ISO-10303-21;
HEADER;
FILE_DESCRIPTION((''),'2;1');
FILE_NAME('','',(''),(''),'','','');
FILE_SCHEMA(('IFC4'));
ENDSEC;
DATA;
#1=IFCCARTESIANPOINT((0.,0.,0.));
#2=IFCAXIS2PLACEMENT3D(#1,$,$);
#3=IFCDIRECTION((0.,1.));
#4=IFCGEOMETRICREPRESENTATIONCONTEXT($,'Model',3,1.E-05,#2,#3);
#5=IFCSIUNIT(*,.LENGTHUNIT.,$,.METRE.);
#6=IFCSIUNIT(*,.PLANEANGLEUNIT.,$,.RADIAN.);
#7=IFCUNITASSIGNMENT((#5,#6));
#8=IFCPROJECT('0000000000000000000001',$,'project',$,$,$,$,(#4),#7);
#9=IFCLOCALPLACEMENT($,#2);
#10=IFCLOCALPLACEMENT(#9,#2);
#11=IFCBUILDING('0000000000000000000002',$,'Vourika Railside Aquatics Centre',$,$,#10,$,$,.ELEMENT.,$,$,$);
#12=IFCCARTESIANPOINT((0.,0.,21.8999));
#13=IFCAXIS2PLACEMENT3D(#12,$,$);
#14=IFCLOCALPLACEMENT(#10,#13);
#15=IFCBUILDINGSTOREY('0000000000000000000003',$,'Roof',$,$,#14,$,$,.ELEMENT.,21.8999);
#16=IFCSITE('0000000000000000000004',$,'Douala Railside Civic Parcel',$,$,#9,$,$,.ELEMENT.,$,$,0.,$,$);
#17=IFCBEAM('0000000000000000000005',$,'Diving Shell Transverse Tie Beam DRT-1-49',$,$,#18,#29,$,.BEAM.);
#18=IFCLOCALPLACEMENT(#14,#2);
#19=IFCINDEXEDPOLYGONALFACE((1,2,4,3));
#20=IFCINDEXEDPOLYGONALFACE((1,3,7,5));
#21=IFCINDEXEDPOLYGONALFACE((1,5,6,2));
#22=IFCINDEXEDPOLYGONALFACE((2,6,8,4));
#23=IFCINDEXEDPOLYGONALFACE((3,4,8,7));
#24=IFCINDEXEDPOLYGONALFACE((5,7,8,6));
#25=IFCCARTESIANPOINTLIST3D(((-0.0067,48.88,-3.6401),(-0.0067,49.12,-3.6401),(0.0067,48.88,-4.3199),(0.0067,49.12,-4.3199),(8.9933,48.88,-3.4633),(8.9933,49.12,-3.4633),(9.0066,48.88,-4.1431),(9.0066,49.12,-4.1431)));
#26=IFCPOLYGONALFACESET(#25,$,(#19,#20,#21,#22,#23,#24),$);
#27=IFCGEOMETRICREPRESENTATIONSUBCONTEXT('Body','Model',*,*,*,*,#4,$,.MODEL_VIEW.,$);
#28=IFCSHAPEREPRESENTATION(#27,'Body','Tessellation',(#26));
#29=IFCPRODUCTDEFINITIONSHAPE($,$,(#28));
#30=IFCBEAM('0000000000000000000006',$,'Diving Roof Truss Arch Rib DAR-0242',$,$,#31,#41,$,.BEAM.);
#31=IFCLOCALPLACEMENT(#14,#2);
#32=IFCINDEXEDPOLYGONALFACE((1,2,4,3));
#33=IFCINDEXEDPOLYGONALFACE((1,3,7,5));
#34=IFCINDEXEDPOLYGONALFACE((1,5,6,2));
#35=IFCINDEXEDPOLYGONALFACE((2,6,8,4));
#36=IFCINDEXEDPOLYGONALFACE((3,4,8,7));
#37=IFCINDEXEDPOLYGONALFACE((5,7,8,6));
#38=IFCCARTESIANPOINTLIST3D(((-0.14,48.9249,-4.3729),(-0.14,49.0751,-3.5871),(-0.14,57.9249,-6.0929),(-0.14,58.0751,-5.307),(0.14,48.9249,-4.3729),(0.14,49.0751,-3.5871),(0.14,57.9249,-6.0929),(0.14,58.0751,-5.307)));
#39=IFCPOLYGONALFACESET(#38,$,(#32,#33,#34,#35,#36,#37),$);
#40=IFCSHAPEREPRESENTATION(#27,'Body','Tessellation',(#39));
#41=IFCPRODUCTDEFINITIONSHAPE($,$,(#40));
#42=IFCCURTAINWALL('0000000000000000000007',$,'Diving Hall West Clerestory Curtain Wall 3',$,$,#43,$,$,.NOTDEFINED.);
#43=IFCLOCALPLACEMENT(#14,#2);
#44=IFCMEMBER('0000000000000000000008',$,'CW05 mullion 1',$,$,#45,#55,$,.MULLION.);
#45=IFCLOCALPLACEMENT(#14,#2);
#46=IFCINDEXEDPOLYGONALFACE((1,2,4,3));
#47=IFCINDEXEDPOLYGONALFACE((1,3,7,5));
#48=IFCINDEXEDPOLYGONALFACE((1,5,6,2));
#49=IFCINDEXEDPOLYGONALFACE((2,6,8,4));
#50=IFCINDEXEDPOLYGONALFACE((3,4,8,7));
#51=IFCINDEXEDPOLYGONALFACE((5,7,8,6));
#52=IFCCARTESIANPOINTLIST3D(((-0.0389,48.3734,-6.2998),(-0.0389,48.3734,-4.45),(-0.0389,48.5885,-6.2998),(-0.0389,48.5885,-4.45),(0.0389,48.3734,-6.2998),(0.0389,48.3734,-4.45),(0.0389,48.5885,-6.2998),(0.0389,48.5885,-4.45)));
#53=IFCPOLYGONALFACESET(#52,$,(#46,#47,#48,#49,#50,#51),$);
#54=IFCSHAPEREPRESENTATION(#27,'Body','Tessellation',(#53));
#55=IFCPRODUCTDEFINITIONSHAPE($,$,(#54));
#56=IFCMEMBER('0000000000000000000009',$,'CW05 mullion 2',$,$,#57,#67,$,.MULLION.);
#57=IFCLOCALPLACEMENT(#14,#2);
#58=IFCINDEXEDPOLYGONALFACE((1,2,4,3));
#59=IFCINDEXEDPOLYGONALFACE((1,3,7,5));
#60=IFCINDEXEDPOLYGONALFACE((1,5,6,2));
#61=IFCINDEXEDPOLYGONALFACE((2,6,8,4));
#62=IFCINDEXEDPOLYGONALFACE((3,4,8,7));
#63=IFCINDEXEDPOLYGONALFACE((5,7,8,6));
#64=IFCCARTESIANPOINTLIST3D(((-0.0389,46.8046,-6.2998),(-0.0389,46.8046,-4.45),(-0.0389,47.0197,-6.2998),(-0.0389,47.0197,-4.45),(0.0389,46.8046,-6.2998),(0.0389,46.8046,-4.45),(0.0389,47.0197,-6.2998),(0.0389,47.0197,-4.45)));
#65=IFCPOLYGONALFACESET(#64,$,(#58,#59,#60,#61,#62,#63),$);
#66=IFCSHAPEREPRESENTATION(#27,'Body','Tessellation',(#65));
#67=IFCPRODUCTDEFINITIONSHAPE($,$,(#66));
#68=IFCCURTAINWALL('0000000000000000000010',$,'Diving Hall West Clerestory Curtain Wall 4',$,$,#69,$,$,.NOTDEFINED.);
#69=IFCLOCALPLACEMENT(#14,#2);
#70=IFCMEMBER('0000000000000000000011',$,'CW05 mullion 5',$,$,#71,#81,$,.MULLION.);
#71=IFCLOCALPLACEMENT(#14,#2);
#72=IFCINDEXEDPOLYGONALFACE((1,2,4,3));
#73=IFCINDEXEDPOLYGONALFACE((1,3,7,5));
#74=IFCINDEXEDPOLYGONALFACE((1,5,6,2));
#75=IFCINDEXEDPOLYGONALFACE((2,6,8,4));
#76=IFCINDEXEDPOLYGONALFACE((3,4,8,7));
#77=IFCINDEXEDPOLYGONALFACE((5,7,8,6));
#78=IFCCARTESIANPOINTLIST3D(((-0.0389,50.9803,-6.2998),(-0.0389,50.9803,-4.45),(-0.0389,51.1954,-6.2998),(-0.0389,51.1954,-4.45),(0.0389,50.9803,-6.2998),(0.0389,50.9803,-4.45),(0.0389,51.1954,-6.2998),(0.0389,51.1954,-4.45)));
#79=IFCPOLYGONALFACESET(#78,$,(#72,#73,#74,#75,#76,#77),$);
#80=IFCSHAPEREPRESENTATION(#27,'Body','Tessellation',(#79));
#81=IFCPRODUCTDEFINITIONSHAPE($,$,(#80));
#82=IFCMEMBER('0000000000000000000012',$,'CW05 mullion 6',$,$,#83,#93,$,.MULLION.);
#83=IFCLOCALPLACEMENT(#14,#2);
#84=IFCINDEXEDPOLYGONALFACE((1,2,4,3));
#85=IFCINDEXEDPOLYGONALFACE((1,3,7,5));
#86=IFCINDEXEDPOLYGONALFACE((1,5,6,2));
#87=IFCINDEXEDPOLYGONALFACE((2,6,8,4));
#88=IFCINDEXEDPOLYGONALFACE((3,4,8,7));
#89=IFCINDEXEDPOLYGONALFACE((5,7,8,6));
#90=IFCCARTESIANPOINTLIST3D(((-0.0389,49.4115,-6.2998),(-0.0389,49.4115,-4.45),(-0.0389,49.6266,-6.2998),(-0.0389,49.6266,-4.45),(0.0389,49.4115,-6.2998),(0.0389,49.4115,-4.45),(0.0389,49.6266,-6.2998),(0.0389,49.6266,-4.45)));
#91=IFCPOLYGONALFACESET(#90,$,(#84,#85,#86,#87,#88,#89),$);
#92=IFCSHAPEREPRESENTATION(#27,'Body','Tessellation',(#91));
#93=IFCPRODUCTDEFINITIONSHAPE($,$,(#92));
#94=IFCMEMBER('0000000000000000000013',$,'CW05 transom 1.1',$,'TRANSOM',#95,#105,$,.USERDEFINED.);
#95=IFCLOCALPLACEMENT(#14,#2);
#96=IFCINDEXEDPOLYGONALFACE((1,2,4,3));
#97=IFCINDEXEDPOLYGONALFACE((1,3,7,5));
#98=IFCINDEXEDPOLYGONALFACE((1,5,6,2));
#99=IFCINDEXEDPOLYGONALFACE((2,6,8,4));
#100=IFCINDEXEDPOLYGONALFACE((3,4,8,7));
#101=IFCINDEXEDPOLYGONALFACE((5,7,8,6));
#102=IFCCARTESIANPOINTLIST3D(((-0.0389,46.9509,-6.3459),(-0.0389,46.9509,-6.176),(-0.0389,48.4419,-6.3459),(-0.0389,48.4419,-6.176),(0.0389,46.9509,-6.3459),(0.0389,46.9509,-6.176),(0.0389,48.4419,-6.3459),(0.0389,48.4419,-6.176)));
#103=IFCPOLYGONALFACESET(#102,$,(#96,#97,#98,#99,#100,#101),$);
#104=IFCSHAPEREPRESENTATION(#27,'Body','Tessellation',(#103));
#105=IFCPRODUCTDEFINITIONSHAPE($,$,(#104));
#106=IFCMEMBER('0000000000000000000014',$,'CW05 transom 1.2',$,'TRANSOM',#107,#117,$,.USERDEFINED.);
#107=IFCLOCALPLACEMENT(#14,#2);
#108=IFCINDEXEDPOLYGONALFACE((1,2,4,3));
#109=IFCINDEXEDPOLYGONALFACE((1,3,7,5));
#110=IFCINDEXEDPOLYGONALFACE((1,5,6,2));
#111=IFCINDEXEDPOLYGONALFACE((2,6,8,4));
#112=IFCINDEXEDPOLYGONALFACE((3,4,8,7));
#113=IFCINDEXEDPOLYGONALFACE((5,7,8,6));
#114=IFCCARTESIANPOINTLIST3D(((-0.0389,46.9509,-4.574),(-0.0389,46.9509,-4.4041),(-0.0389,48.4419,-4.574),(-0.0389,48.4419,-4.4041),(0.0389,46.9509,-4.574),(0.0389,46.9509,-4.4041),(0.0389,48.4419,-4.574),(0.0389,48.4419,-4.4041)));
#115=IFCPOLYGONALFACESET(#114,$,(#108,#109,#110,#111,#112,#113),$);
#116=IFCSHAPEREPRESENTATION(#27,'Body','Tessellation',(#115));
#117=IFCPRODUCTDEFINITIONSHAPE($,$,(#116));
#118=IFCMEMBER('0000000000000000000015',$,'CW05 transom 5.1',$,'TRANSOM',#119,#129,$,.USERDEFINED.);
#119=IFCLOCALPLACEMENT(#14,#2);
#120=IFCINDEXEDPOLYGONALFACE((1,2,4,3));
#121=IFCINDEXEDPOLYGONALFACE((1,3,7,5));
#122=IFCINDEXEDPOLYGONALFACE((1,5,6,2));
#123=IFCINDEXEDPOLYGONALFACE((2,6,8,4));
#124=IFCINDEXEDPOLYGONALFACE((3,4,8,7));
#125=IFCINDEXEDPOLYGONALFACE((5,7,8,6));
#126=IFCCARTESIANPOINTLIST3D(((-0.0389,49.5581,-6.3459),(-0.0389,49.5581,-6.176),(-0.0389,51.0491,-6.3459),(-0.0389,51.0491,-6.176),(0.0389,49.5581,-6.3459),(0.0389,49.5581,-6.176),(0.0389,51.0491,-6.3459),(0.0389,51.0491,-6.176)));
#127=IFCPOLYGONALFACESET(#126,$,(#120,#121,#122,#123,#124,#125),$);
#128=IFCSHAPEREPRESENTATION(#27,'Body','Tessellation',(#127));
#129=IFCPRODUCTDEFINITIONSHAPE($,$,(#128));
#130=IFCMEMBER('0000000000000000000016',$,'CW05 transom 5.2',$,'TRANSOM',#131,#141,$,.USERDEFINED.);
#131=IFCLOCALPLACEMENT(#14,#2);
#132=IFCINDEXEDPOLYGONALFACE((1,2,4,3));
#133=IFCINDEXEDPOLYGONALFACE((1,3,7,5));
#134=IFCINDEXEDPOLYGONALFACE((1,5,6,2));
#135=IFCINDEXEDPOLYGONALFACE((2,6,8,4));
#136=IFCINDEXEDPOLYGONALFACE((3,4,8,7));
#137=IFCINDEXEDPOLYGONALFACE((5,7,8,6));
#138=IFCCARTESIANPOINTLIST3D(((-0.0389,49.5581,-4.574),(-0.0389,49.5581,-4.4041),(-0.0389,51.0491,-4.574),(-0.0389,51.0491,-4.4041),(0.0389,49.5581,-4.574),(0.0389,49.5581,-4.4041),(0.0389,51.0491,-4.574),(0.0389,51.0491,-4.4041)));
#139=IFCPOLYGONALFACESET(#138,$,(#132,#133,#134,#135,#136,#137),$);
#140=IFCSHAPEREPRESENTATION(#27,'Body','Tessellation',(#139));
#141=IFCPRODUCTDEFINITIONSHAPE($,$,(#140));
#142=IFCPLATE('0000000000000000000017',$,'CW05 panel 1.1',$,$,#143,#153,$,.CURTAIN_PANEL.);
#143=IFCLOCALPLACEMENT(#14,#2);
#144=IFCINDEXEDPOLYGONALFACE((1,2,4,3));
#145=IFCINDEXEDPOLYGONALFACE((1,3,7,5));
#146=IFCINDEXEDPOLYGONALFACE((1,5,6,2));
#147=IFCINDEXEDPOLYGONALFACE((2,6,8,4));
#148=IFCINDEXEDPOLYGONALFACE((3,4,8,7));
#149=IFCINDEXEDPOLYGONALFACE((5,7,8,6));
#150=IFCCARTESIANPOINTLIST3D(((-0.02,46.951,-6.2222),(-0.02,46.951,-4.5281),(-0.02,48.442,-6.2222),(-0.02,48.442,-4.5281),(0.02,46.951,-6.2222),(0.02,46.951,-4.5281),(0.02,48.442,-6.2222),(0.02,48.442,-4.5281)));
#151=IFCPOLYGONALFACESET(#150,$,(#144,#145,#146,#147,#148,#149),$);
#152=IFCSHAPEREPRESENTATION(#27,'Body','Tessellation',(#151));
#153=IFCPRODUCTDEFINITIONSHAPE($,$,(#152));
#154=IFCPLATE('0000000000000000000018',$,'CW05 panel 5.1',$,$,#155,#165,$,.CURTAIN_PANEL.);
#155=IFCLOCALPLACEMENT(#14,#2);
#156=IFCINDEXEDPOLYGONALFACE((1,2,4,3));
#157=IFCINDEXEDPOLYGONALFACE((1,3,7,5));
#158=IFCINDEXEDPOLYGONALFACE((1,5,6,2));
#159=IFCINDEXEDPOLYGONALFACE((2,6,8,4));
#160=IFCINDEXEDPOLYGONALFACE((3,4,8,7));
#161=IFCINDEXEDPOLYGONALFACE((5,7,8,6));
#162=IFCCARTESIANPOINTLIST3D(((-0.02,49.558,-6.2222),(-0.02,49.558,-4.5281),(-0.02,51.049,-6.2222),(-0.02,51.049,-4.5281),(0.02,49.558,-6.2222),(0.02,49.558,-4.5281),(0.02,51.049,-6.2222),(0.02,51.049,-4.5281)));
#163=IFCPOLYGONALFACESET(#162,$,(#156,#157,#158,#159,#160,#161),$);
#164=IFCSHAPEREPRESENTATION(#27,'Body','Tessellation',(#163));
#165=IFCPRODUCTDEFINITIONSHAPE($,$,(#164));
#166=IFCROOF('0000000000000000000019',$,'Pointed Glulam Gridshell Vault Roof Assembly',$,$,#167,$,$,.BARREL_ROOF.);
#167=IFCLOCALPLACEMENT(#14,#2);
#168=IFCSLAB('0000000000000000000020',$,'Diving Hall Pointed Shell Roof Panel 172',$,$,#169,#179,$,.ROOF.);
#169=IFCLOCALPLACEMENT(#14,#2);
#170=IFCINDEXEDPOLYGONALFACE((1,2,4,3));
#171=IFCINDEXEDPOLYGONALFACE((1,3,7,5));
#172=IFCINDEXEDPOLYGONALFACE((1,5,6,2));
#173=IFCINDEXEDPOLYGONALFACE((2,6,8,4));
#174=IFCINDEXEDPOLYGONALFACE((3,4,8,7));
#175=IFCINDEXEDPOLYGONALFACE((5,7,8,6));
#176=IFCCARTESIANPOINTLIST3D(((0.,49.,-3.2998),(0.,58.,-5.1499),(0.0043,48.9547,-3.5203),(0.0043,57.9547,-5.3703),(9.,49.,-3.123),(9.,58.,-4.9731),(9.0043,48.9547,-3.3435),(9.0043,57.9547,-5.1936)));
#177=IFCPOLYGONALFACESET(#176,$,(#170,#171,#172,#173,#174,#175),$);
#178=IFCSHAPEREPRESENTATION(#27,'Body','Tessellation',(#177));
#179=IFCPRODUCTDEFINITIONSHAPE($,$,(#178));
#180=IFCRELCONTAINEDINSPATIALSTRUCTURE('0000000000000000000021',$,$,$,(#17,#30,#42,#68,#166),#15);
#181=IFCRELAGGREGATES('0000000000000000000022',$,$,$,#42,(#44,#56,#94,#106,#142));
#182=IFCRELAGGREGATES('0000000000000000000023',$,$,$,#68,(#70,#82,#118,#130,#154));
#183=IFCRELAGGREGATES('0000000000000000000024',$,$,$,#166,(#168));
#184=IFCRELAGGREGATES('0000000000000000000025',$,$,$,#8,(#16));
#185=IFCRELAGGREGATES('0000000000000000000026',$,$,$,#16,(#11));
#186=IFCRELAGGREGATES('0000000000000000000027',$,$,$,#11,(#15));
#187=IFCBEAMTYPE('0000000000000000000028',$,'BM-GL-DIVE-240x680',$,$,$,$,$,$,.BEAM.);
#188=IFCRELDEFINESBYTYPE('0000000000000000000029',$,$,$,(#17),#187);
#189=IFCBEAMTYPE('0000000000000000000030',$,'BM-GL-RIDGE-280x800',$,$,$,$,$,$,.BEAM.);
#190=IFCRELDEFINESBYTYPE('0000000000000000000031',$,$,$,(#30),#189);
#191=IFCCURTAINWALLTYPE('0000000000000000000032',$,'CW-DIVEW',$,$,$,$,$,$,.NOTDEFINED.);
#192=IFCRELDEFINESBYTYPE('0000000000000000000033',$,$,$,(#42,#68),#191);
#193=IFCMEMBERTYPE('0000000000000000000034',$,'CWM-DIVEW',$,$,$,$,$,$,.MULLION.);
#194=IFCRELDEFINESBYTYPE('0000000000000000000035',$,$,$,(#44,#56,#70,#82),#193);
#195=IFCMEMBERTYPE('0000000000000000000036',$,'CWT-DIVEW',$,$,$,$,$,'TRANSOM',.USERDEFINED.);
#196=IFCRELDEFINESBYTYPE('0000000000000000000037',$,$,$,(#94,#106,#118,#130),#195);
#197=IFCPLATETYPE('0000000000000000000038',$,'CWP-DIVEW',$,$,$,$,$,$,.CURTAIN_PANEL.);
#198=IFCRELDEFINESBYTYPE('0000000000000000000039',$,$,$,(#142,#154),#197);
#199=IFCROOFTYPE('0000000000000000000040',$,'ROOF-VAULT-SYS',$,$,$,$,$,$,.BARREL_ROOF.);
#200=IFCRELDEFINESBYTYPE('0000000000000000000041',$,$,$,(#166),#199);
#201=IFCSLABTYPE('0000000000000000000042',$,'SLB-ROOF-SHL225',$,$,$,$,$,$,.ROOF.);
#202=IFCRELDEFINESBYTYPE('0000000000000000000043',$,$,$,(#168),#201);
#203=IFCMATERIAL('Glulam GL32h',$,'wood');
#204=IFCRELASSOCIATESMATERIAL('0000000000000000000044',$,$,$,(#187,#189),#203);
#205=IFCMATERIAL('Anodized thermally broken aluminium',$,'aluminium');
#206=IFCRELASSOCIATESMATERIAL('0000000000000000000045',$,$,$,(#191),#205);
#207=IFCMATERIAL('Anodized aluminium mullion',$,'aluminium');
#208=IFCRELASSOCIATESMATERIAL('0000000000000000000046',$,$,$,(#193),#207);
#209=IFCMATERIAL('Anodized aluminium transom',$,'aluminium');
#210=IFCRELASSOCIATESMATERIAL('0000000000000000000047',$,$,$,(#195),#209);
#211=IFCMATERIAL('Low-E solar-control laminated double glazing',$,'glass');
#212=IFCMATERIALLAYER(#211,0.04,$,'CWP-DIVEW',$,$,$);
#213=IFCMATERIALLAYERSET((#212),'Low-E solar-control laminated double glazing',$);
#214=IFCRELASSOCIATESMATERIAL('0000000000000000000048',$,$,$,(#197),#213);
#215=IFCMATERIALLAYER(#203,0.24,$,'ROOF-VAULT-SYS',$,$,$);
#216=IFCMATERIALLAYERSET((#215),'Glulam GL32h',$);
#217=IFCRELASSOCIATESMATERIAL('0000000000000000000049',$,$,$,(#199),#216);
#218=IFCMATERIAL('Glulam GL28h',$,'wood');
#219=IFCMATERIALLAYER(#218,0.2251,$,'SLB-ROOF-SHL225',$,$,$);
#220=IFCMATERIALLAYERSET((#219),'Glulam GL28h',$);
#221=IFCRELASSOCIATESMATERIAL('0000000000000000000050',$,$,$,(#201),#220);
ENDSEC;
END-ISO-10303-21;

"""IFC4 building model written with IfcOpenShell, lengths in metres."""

from ifc_helpers import new_model, si_unit, direction, frame, origin, origin_2d, place, context, subcontext, project, spatial, polyline, rectangle, outline, extrude, material, layer, layer_set, material_profile, profile_set, type_object, element, aggregate, save


model = new_model("IFC4")

# Units and contexts
model_context = context("Model", 3, precision=1e-05, world=origin(), true_north=direction((0.0, 1.0)))
body_context = subcontext(model_context, "Body", "Model", "MODEL_VIEW")
ifc_project = project(units=[si_unit("LENGTHUNIT", "METRE"), si_unit("PLANEANGLEUNIT", "RADIAN")], contexts=[model_context])

# Site, building, storey
site_placement = place(None, origin())
site = spatial("IfcSite", under=ifc_project, at=site_placement, Name="Douala Railside Civic Parcel", CompositionType="ELEMENT", RefElevation=0.0)
building_placement = place(site_placement, origin())
building = spatial("IfcBuilding", under=site, at=building_placement, Name="Vourika Railside Aquatics Centre", CompositionType="ELEMENT")
storey_placement = place(building_placement, frame((0.0, 0.0, 21.8999)))
storey = spatial("IfcBuildingStorey", under=building, at=storey_placement, Name="Roof", CompositionType="ELEMENT", Elevation=21.8999)

# Beams
ifc_material_1 = material(Name="Glulam GL32h", Category="wood")
ifc_material_profile_1 = material_profile(ifc_material_1, rectangle(XDim=0.24, YDim=0.6799, at=origin_2d()), Name="GL32h 240x680")
ifc_profile_set_1 = profile_set([ifc_material_profile_1], Name="Glulam GL32h")
beam_type_1 = type_object("IfcBeamType", Name="BM-GL-DIVE-240x680", PredefinedType="BEAM", material=ifc_profile_set_1)
beam_1_placement = place(storey_placement, frame((0.0, 49.0, -3.98), z_axis=(0.999807, 0.0, 0.019636), x_axis=(0.0, 1.0, 0.0)))
element("IfcBeam", 1, at=beam_1_placement, inside=storey, type_object=beam_type_1, Name="Diving Shell Transverse Tie Beam DRT-1-49", PredefinedType="BEAM", context=body_context, shape_type="SweptSolid", body=[
    extrude(rectangle(XDim=0.24, YDim=0.6799, at=origin_2d()), origin(), (0.0, 0.0, 1.0), 9.0017),
])
ifc_material_profile_2 = material_profile(ifc_material_1, rectangle(XDim=0.28, YDim=0.8, at=origin_2d()), Name="GL32h 280x800")
ifc_profile_set_2 = profile_set([ifc_material_profile_2], Name="Glulam GL32h")
beam_type_2 = type_object("IfcBeamType", Name="BM-GL-RIDGE-280x800", PredefinedType="BEAM", material=ifc_profile_set_2)
beam_2_placement = place(storey_placement, frame((0.0, 49.0, -3.98), z_axis=(0.0, 0.982224, -0.187711), x_axis=(-1.0, 0.0, 0.0)))
element("IfcBeam", 2, at=beam_2_placement, inside=storey, type_object=beam_type_2, Name="Diving Roof Truss Arch Rib DAR-0242", PredefinedType="BEAM", context=body_context, shape_type="SweptSolid", body=[
    extrude(rectangle(XDim=0.28, YDim=0.8, at=origin_2d()), origin(), (0.0, 0.0, 1.0), 9.1628),
])

# Curtain walls, members
ifc_material_2 = material(Name="Anodized thermally broken aluminium", Category="aluminium")
curtain_wall_type = type_object("IfcCurtainWallType", Name="CW-DIVEW", PredefinedType="NOTDEFINED", material=ifc_material_2)
curtain_wall_1_placement = place(storey_placement, origin())
curtain_wall_1 = element("IfcCurtainWall", 3, at=curtain_wall_1_placement, inside=storey, type_object=curtain_wall_type, Name="Diving Hall West Clerestory Curtain Wall 3", PredefinedType="NOTDEFINED")
ifc_material_3 = material(Name="Anodized aluminium mullion", Category="aluminium")
ifc_material_profile_3 = material_profile(ifc_material_3, rectangle(XDim=0.0779, YDim=0.2151, at=origin_2d()), Name="ALU-M 78x215")
ifc_profile_set_3 = profile_set([ifc_material_profile_3], Name="Anodized aluminium mullion")
member_type_1 = type_object("IfcMemberType", Name="CWM-DIVEW", PredefinedType="MULLION", material=ifc_profile_set_3)
member_1_placement = place(storey_placement, frame((0.0, 48.481, -6.2998), z_axis=(0.0, 0.0, 1.0), x_axis=(1.0, 0.0, 0.0)))
member_1 = element("IfcMember", 4, at=member_1_placement, type_object=member_type_1, Name="CW05 mullion 1", PredefinedType="MULLION", context=body_context, shape_type="SweptSolid", body=[
    extrude(rectangle(XDim=0.0779, YDim=0.2151, at=origin_2d()), origin(), (0.0, 0.0, 1.0), 1.8499),
])
member_2_placement = place(storey_placement, frame((0.0, 46.9121, -6.2998), z_axis=(0.0, 0.0, 1.0), x_axis=(1.0, 0.0, 0.0)))
member_2 = element("IfcMember", 5, at=member_2_placement, type_object=member_type_1, Name="CW05 mullion 2", PredefinedType="MULLION", context=body_context, shape_type="SweptSolid", body=[
    extrude(rectangle(XDim=0.0779, YDim=0.2151, at=origin_2d()), origin(), (0.0, 0.0, 1.0), 1.8499),
])
curtain_wall_2_placement = place(storey_placement, origin())
curtain_wall_2 = element("IfcCurtainWall", 6, at=curtain_wall_2_placement, inside=storey, type_object=curtain_wall_type, Name="Diving Hall West Clerestory Curtain Wall 4", PredefinedType="NOTDEFINED")
member_3_placement = place(storey_placement, frame((0.0, 51.0879, -6.2998), z_axis=(0.0, 0.0, 1.0), x_axis=(1.0, 0.0, 0.0)))
member_3 = element("IfcMember", 7, at=member_3_placement, type_object=member_type_1, Name="CW05 mullion 5", PredefinedType="MULLION", context=body_context, shape_type="SweptSolid", body=[
    extrude(rectangle(XDim=0.0779, YDim=0.2151, at=origin_2d()), origin(), (0.0, 0.0, 1.0), 1.8499),
])
member_4_placement = place(storey_placement, frame((0.0, 49.519, -6.2998), z_axis=(0.0, 0.0, 1.0), x_axis=(1.0, 0.0, 0.0)))
member_4 = element("IfcMember", 8, at=member_4_placement, type_object=member_type_1, Name="CW05 mullion 6", PredefinedType="MULLION", context=body_context, shape_type="SweptSolid", body=[
    extrude(rectangle(XDim=0.0779, YDim=0.2151, at=origin_2d()), origin(), (0.0, 0.0, 1.0), 1.8499),
])

# Members
ifc_material_4 = material(Name="Anodized aluminium transom", Category="aluminium")
ifc_material_profile_4 = material_profile(ifc_material_4, rectangle(XDim=0.0779, YDim=0.1699, at=origin_2d()), Name="ALU-T 78x170")
ifc_profile_set_4 = profile_set([ifc_material_profile_4], Name="Anodized aluminium transom")
member_type_2 = type_object("IfcMemberType", Name="CWT-DIVEW", ElementType="TRANSOM", PredefinedType="USERDEFINED", material=ifc_profile_set_4)
member_5_placement = place(storey_placement, frame((0.0, 48.4419, -6.261), z_axis=(0.0, -1.0, 0.0), x_axis=(1.0, 0.0, 0.0)))
member_5 = element("IfcMember", 9, at=member_5_placement, type_object=member_type_2, Name="CW05 transom 1.1", ObjectType="TRANSOM", PredefinedType="USERDEFINED", context=body_context, shape_type="SweptSolid", body=[
    extrude(rectangle(XDim=0.0779, YDim=0.1699, at=origin_2d()), origin(), (0.0, 0.0, 1.0), 1.491),
])
member_6_placement = place(storey_placement, frame((0.0, 48.4419, -4.489), z_axis=(0.0, -1.0, 0.0), x_axis=(1.0, 0.0, 0.0)))
member_6 = element("IfcMember", 10, at=member_6_placement, type_object=member_type_2, Name="CW05 transom 1.2", ObjectType="TRANSOM", PredefinedType="USERDEFINED", context=body_context, shape_type="SweptSolid", body=[
    extrude(rectangle(XDim=0.0779, YDim=0.1699, at=origin_2d()), origin(), (0.0, 0.0, 1.0), 1.491),
])
member_7_placement = place(storey_placement, frame((0.0, 51.0491, -6.261), z_axis=(0.0, -1.0, 0.0), x_axis=(1.0, 0.0, 0.0)))
member_7 = element("IfcMember", 11, at=member_7_placement, type_object=member_type_2, Name="CW05 transom 5.1", ObjectType="TRANSOM", PredefinedType="USERDEFINED", context=body_context, shape_type="SweptSolid", body=[
    extrude(rectangle(XDim=0.0779, YDim=0.1699, at=origin_2d()), origin(), (0.0, 0.0, 1.0), 1.491),
])
member_8_placement = place(storey_placement, frame((0.0, 51.0491, -4.489), z_axis=(0.0, -1.0, 0.0), x_axis=(1.0, 0.0, 0.0)))
member_8 = element("IfcMember", 12, at=member_8_placement, type_object=member_type_2, Name="CW05 transom 5.2", ObjectType="TRANSOM", PredefinedType="USERDEFINED", context=body_context, shape_type="SweptSolid", body=[
    extrude(rectangle(XDim=0.0779, YDim=0.1699, at=origin_2d()), origin(), (0.0, 0.0, 1.0), 1.491),
])

# Plates
ifc_material_5 = material(Name="Low-E solar-control laminated double glazing", Category="glass")
ifc_layer_1 = layer(ifc_material_5, 0.04, Name="CWP-DIVEW")
ifc_layer_set_1 = layer_set([ifc_layer_1], Name="Low-E solar-control laminated double glazing")
plate_type = type_object("IfcPlateType", Name="CWP-DIVEW", PredefinedType="CURTAIN_PANEL", material=ifc_layer_set_1)
plate_1_placement = place(storey_placement, frame((0.0, 47.6965, -6.2222), z_axis=(0.0, 0.0, 1.0), x_axis=(0.0, -1.0, 0.0)))
plate_1 = element("IfcPlate", 13, at=plate_1_placement, type_object=plate_type, Name="CW05 panel 1.1", PredefinedType="CURTAIN_PANEL", context=body_context, shape_type="SweptSolid", body=[
    extrude(rectangle(XDim=1.491, YDim=0.04, at=origin_2d()), origin(), (0.0, 0.0, 1.0), 1.6941),
])
aggregate(curtain_wall_1, [member_1, member_2, member_5, member_6, plate_1])
plate_2_placement = place(storey_placement, frame((0.0, 50.3035, -6.2222), z_axis=(0.0, 0.0, 1.0), x_axis=(0.0, -1.0, 0.0)))
plate_2 = element("IfcPlate", 14, at=plate_2_placement, type_object=plate_type, Name="CW05 panel 5.1", PredefinedType="CURTAIN_PANEL", context=body_context, shape_type="SweptSolid", body=[
    extrude(rectangle(XDim=1.491, YDim=0.04, at=origin_2d()), origin(), (0.0, 0.0, 1.0), 1.6941),
])
aggregate(curtain_wall_2, [member_3, member_4, member_7, member_8, plate_2])

# Roof, slab
ifc_layer_2 = layer(ifc_material_1, 0.24, Name="ROOF-VAULT-SYS")
ifc_layer_set_2 = layer_set([ifc_layer_2], Name="Glulam GL32h")
roof_type = type_object("IfcRoofType", Name="ROOF-VAULT-SYS", PredefinedType="BARREL_ROOF", material=ifc_layer_set_2)
roof_placement = place(storey_placement, origin())
roof = element("IfcRoof", 15, at=roof_placement, inside=storey, type_object=roof_type, Name="Pointed Glulam Gridshell Vault Roof Assembly", PredefinedType="BARREL_ROOF")
ifc_material_6 = material(Name="Glulam GL28h", Category="wood")
ifc_layer_3 = layer(ifc_material_6, 0.2251, Name="SLB-ROOF-SHL225")
ifc_layer_set_3 = layer_set([ifc_layer_3], Name="Glulam GL28h")
slab_type = type_object("IfcSlabType", Name="SLB-ROOF-SHL225", PredefinedType="ROOF", material=ifc_layer_set_3)
slab_placement = place(storey_placement, frame((0.0, 49.0, -3.2998), z_axis=(-0.019234, 0.201319, 0.979337), x_axis=(0.999807, 0.0, 0.019636)))
slab = element("IfcSlab", 16, at=slab_placement, type_object=slab_type, Name="Diving Hall Pointed Shell Roof Panel 172", PredefinedType="ROOF", context=body_context, shape_type="SweptSolid", body=[
    extrude(outline(polyline([(0.0, 0.0), (9.0017, 0.0), (8.9654, 9.1881), (-0.0363, 9.1881), (0.0, 0.0)])), origin(), (0.0, 0.0, -1.0), 0.2251),
])
aggregate(roof, [slab])

save(model, "model.ifc")
